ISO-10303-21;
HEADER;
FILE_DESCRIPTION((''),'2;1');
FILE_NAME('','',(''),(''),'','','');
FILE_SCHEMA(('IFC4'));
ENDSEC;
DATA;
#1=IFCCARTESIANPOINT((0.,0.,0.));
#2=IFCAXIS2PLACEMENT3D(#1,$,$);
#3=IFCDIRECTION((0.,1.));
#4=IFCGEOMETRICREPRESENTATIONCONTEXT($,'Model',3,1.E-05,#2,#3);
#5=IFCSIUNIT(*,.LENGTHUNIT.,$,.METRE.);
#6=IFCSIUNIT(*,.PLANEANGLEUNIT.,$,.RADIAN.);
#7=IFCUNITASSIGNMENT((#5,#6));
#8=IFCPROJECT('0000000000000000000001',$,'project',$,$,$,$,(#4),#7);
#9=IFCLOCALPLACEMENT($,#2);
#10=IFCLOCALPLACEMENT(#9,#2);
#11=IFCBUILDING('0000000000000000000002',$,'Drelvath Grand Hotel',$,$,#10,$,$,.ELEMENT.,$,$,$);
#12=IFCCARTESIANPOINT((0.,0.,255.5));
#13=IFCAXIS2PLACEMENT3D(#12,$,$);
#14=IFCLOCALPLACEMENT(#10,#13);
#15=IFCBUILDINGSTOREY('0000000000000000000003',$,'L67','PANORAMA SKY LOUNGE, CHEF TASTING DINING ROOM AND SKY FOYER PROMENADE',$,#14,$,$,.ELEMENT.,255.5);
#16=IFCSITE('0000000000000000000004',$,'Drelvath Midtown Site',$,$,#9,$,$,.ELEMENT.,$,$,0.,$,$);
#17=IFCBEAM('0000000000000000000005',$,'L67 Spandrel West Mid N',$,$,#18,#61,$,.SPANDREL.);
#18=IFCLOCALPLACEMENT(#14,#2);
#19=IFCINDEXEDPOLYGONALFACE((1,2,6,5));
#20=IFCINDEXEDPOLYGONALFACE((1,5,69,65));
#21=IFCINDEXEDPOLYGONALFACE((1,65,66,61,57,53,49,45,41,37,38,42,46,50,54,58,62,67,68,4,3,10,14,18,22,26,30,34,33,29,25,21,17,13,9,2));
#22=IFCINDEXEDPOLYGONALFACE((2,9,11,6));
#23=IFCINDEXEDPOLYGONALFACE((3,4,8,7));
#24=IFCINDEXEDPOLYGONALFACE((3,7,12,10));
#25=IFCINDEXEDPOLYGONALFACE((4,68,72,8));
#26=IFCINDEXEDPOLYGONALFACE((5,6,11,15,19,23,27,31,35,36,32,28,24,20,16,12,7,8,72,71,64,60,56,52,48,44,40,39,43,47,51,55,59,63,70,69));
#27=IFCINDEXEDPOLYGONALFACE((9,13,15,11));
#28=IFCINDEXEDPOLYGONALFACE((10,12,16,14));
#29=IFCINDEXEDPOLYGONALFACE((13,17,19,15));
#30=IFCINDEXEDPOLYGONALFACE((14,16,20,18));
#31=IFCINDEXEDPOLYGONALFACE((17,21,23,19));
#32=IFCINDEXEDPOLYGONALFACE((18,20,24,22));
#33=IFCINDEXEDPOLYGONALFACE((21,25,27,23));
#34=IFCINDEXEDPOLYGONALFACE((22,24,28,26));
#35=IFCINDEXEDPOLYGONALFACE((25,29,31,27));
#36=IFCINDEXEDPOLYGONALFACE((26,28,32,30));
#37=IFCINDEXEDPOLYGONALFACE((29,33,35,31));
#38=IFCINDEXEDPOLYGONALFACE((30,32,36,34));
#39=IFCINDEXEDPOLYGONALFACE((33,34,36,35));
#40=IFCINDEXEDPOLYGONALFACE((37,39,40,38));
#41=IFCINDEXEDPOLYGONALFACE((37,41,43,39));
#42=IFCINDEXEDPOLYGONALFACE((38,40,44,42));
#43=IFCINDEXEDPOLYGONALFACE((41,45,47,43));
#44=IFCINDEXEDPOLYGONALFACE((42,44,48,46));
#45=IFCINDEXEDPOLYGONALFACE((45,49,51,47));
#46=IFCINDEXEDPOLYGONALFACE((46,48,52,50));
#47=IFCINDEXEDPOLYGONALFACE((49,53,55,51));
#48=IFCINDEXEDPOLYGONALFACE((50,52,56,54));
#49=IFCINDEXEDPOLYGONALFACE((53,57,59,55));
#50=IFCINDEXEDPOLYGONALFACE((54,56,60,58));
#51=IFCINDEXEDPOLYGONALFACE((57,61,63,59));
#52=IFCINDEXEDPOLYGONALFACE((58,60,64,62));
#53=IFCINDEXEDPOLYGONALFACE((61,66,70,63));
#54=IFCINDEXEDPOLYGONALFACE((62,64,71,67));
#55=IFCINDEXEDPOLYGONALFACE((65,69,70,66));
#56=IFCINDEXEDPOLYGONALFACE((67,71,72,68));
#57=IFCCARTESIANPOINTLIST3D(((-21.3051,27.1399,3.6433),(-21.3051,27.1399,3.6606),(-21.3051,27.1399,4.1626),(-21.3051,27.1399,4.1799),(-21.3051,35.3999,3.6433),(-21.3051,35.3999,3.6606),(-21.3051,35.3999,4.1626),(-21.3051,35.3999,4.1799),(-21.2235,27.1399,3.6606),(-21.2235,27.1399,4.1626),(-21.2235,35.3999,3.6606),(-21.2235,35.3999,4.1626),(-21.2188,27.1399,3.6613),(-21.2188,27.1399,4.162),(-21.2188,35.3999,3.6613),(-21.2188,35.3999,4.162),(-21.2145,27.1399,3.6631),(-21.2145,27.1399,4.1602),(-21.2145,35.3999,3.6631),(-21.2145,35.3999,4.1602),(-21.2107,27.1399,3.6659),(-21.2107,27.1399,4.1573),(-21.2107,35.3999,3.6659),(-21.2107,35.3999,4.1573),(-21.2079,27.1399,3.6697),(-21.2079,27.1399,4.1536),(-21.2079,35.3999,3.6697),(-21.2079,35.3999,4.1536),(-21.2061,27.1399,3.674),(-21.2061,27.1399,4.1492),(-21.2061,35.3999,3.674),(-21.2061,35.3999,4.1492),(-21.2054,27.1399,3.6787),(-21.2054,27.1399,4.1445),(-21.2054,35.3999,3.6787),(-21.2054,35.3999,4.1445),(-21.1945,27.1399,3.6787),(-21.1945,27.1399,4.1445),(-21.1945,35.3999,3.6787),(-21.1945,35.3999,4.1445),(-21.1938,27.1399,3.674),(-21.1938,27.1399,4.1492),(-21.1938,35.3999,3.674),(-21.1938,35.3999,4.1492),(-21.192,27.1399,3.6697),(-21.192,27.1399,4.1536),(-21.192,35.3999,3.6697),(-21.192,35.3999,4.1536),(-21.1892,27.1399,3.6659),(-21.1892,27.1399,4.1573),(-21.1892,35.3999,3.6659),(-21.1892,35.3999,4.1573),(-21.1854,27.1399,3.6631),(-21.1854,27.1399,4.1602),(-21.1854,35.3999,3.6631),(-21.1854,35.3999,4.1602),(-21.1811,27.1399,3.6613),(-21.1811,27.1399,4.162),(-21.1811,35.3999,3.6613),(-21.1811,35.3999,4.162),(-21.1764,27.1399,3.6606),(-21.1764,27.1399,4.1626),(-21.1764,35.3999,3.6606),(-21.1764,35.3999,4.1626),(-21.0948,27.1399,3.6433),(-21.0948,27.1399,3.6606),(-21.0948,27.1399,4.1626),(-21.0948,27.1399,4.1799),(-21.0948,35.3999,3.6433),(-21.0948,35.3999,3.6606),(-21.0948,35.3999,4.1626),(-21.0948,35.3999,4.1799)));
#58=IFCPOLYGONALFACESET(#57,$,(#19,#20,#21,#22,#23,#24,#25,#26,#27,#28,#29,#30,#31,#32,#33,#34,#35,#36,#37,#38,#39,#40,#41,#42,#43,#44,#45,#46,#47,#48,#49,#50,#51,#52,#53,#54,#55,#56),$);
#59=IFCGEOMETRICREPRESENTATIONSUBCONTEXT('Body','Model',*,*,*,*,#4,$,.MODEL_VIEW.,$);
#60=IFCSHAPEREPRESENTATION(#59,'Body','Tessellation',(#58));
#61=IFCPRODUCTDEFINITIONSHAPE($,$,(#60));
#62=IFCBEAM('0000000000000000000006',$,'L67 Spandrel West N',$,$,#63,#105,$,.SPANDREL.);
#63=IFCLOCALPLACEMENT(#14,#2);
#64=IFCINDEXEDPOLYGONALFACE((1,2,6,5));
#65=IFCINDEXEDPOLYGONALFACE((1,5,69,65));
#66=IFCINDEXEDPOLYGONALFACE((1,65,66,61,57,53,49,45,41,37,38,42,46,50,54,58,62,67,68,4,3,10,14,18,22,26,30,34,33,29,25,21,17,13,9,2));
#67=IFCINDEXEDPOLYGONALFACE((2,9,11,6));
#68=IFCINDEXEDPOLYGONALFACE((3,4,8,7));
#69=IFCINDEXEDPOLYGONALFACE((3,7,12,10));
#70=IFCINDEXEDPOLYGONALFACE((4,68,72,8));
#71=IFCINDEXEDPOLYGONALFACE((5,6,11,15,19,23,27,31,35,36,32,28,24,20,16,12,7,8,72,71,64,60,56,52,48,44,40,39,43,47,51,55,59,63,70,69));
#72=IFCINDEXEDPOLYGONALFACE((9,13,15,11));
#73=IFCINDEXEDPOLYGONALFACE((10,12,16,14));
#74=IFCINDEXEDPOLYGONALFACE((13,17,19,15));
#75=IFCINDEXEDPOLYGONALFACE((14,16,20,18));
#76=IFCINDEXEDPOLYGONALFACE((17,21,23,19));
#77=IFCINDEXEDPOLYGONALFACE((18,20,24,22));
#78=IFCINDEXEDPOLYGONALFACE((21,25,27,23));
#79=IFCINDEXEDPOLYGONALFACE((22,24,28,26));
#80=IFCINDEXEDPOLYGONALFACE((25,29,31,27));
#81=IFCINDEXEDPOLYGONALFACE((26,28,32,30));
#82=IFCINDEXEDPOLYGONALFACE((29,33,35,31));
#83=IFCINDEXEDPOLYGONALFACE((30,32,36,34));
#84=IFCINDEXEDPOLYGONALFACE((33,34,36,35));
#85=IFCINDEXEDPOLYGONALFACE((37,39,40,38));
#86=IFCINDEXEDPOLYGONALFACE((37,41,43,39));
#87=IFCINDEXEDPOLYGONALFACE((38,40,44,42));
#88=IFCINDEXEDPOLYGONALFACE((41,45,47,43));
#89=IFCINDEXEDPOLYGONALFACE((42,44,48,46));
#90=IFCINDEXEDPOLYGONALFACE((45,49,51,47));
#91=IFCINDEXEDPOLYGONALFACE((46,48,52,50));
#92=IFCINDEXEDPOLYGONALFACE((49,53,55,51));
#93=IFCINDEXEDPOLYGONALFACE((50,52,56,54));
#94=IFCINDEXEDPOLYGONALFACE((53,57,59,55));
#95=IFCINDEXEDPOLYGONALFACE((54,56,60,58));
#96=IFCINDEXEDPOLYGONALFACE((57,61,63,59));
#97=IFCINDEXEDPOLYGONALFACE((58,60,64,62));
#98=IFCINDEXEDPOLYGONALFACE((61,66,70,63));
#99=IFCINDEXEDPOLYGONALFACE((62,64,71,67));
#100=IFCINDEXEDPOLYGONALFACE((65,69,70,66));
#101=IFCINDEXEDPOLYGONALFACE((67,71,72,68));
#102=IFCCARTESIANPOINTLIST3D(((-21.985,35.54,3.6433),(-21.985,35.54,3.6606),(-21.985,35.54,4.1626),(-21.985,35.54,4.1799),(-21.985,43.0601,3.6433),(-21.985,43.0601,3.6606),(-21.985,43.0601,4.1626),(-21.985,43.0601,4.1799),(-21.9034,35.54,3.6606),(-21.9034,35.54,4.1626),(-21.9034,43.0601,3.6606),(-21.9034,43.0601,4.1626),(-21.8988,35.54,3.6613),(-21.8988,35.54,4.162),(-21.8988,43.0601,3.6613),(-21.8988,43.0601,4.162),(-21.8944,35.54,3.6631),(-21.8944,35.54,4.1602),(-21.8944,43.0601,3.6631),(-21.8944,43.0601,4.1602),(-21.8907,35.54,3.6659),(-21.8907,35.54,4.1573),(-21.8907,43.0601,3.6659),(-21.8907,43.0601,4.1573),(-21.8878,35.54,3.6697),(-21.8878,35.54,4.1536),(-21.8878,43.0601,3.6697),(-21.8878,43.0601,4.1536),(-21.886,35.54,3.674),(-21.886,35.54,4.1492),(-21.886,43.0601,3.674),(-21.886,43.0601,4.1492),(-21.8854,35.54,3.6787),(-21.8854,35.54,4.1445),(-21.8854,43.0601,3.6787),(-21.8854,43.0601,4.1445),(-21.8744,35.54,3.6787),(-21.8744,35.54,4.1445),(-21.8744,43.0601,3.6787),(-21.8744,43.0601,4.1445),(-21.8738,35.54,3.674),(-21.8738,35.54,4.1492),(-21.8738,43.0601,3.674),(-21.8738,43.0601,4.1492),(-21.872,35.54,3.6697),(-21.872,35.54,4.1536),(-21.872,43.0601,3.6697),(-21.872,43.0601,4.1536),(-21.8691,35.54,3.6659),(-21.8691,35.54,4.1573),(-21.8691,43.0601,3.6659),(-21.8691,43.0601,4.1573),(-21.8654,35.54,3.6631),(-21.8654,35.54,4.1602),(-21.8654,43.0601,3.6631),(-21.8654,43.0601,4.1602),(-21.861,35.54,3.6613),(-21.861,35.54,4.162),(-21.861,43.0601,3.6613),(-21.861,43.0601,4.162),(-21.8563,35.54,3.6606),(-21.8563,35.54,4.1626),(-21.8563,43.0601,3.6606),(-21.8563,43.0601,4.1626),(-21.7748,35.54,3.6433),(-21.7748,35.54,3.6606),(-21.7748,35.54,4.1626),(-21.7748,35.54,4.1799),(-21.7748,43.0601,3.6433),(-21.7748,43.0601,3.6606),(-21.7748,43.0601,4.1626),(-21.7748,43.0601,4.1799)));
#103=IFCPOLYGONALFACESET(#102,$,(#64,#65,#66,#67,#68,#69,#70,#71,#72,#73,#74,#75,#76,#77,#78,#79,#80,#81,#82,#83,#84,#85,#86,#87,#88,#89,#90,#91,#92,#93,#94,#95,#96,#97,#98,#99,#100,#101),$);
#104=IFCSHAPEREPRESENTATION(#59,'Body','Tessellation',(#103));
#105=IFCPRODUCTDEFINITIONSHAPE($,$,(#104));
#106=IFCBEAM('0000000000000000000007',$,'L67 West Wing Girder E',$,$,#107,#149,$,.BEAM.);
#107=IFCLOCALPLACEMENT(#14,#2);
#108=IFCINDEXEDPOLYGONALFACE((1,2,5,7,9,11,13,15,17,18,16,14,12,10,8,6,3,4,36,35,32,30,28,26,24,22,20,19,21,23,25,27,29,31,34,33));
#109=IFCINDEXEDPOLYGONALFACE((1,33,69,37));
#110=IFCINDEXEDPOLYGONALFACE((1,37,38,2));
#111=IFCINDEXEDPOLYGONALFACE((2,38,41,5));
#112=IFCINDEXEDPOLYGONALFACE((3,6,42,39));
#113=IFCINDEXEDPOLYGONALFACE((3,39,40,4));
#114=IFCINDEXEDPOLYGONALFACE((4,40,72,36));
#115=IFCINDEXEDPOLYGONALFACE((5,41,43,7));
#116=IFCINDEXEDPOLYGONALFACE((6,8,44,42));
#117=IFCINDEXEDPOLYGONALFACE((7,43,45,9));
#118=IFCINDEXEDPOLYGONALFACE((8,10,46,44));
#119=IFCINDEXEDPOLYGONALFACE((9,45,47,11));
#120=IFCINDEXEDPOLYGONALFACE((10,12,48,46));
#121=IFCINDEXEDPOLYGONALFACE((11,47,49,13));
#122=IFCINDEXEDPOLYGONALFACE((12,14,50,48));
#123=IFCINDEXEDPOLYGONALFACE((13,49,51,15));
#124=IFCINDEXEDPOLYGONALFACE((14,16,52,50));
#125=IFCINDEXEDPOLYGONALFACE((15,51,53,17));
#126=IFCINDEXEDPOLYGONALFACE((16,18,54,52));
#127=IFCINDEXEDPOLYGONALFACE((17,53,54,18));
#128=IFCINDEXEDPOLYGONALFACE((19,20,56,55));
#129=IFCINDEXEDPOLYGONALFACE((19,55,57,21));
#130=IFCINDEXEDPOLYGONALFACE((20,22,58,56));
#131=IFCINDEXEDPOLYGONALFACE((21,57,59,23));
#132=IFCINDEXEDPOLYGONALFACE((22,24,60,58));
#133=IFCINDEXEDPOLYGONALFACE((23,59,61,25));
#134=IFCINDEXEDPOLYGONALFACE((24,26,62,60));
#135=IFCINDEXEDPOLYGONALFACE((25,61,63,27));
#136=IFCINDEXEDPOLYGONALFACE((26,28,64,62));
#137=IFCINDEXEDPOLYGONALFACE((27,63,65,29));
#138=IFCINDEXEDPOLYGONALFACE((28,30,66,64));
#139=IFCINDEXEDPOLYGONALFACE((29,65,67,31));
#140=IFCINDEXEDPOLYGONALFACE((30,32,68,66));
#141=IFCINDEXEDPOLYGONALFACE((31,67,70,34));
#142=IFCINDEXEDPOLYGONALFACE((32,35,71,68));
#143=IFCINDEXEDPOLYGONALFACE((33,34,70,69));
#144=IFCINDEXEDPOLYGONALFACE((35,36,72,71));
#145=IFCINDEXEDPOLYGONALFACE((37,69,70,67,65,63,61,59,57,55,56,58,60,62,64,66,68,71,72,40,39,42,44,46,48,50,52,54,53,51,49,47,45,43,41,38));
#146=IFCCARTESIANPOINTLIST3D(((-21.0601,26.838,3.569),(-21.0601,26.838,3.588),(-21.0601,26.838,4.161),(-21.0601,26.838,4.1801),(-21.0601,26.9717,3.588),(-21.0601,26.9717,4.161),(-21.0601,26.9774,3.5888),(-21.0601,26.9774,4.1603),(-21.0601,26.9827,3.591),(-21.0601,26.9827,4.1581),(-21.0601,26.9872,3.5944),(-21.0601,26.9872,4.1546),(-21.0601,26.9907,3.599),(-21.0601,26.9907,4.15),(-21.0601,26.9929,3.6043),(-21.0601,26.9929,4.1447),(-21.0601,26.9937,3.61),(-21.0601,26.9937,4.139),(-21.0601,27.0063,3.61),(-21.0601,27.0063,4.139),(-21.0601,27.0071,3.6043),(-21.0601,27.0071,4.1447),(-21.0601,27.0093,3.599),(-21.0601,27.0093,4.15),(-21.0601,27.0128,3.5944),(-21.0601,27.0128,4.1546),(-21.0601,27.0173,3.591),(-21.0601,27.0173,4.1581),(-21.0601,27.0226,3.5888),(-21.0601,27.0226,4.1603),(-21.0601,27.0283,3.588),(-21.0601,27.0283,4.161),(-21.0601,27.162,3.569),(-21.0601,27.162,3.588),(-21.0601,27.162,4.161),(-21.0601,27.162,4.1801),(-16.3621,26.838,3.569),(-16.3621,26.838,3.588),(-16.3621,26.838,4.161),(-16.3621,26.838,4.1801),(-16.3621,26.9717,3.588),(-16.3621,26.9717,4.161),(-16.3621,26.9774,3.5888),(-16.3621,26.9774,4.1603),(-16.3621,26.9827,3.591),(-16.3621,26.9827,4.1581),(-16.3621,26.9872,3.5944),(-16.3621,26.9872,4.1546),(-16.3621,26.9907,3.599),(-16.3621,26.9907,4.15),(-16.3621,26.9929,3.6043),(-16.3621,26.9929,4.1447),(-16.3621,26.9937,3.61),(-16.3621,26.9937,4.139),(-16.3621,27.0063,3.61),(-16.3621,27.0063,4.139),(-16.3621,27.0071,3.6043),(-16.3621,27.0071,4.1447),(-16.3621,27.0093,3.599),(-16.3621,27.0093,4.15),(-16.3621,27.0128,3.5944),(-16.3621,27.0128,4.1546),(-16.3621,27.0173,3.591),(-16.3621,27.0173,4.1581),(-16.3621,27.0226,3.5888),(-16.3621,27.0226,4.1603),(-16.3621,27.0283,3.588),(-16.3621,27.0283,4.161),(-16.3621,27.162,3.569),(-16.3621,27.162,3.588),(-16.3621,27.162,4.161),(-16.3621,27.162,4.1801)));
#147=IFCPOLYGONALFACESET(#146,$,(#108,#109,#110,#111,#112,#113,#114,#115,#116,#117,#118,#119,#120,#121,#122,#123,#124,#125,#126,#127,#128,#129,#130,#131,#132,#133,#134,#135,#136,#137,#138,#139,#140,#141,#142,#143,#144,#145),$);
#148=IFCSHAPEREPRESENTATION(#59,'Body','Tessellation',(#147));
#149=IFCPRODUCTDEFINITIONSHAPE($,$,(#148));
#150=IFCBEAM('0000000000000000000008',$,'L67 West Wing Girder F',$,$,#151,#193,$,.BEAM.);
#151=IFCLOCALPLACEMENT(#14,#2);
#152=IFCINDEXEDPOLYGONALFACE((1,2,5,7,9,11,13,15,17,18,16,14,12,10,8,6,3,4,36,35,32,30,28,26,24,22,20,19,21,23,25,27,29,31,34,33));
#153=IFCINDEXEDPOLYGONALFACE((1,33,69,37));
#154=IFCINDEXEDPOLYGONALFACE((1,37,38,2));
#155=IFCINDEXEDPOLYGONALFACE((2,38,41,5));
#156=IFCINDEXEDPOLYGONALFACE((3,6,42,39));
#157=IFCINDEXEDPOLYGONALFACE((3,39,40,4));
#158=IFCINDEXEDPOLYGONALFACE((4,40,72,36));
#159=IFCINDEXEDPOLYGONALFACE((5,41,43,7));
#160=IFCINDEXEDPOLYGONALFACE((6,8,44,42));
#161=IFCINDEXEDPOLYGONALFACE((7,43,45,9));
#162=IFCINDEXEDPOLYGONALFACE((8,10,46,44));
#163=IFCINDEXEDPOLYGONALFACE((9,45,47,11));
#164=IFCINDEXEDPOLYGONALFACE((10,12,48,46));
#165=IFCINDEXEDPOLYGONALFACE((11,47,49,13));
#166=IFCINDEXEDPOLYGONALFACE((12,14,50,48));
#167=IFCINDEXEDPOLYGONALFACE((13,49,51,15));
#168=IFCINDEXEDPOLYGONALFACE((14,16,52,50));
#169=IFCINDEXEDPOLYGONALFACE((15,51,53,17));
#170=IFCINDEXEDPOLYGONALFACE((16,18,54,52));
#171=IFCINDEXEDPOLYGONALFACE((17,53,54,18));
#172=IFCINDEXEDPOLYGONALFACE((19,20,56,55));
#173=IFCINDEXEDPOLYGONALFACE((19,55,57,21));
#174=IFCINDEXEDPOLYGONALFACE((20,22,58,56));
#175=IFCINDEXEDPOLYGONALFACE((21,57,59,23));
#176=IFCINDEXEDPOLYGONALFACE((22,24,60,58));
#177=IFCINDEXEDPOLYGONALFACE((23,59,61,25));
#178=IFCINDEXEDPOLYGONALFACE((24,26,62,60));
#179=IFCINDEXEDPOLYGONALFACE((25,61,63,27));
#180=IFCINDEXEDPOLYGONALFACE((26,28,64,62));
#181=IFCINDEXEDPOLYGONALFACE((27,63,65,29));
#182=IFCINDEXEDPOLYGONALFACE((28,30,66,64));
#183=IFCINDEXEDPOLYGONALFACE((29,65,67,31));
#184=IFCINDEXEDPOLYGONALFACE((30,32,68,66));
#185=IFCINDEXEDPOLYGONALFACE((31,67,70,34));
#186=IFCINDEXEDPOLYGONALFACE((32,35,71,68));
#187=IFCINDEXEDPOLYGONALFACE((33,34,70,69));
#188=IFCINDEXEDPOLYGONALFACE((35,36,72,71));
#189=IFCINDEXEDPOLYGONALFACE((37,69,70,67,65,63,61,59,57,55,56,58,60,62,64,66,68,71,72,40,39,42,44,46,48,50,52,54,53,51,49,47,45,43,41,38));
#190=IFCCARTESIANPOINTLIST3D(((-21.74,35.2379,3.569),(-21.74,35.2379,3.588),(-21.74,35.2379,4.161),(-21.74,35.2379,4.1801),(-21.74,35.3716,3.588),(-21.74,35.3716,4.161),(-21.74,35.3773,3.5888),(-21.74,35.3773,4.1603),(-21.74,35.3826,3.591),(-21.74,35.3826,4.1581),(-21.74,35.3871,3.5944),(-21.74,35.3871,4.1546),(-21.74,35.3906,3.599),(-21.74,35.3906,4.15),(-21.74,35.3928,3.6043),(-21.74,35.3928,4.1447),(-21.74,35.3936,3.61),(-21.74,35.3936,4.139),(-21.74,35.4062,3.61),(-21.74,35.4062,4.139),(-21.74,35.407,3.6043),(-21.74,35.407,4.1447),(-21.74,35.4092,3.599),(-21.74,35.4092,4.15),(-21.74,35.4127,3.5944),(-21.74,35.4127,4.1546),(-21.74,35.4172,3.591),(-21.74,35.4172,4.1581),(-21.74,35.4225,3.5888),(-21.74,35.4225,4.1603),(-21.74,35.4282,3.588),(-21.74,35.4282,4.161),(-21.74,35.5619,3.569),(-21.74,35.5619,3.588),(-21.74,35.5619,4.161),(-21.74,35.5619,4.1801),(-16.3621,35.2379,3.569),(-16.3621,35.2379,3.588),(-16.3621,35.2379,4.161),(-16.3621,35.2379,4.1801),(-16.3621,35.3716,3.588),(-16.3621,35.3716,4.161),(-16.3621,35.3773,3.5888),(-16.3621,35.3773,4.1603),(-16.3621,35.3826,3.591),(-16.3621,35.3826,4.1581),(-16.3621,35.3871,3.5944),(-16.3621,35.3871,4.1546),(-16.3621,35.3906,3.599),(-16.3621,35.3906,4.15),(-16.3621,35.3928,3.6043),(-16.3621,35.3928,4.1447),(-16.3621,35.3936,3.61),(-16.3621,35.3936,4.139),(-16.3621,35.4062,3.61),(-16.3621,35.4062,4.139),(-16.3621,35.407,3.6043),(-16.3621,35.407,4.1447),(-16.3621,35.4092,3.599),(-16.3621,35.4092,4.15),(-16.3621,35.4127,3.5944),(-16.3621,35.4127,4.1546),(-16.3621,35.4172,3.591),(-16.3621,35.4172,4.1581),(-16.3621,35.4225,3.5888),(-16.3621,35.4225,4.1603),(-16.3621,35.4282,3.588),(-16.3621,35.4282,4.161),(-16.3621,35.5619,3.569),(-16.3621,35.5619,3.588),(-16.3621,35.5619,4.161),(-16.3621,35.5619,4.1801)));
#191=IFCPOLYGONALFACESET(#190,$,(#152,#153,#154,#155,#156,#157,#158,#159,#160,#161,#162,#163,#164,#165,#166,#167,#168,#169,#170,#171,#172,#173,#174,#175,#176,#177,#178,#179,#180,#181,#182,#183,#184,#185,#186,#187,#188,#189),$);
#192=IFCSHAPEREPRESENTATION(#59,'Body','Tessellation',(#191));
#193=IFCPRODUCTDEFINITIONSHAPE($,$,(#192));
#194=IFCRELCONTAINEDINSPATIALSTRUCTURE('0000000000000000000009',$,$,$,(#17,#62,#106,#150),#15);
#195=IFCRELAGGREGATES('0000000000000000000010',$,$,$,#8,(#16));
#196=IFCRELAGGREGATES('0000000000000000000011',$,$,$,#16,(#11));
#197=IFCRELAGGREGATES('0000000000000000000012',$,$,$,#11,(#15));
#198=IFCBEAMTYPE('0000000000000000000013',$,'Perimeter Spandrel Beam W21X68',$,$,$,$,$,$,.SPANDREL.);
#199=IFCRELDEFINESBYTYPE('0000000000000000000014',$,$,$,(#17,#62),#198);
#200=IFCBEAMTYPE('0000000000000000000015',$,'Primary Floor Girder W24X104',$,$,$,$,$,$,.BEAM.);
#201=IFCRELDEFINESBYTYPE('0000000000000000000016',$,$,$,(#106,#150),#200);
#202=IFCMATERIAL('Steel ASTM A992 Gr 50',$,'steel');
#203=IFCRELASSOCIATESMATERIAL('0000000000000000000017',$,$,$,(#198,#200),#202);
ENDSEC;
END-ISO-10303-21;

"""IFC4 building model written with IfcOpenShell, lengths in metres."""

from ifc_helpers import new_model, si_unit, direction, frame, origin, origin_2d, place, context, subcontext, project, spatial, i_section, extrude, material, material_profile, profile_set, type_object, element, save


model = new_model("IFC4")

# Units and contexts
model_context = context("Model", 3, precision=1e-05, world=origin(), true_north=direction((0.0, 1.0)))
body_context = subcontext(model_context, "Body", "Model", "MODEL_VIEW")
ifc_project = project(units=[si_unit("LENGTHUNIT", "METRE"), si_unit("PLANEANGLEUNIT", "RADIAN")], contexts=[model_context])

# Site, building, storey
site_placement = place(None, origin())
site = spatial("IfcSite", under=ifc_project, at=site_placement, Name="Drelvath Midtown Site", CompositionType="ELEMENT", RefElevation=0.0)
building_placement = place(site_placement, origin())
building = spatial("IfcBuilding", under=site, at=building_placement, Name="Drelvath Grand Hotel", CompositionType="ELEMENT")
storey_placement = place(building_placement, frame((0.0, 0.0, 255.5)))
storey = spatial("IfcBuildingStorey", under=building, at=storey_placement, Name="L67", Description="PANORAMA SKY LOUNGE, CHEF TASTING DINING ROOM AND SKY FOYER PROMENADE", CompositionType="ELEMENT", Elevation=255.5)

# Beams
ifc_material_1 = material(Name="Steel ASTM A992 Gr 50", Category="steel")
ifc_material_profile_1 = material_profile(ifc_material_1, i_section(OverallWidth=0.2102, OverallDepth=0.5366, WebThickness=0.011, FlangeThickness=0.0173, FilletRadius=0.0181, at=origin_2d()), Name="W21X68")
ifc_profile_set_1 = profile_set([ifc_material_profile_1], Name="Steel ASTM A992 Gr 50")
beam_type_1 = type_object("IfcBeamType", Name="Perimeter Spandrel Beam W21X68", PredefinedType="SPANDREL", material=ifc_profile_set_1)
beam_1_placement = place(storey_placement, frame((-21.2, 27.1399, 3.9116), z_axis=(0.0, 1.0, 0.0), x_axis=(-1.0, 0.0, 0.0)))
element("IfcBeam", 1, at=beam_1_placement, inside=storey, type_object=beam_type_1, Name="L67 Spandrel West Mid N", PredefinedType="SPANDREL", context=body_context, shape_type="SweptSolid", body=[
    extrude(i_section(OverallWidth=0.2102, OverallDepth=0.5366, WebThickness=0.011, FlangeThickness=0.0173, FilletRadius=0.0181, at=origin_2d()), origin(), (0.0, 0.0, 1.0), 8.26),
])
beam_2_placement = place(storey_placement, frame((-21.8799, 35.54, 3.9116), z_axis=(0.0, 1.0, 0.0), x_axis=(-1.0, 0.0, 0.0)))
element("IfcBeam", 2, at=beam_2_placement, inside=storey, type_object=beam_type_1, Name="L67 Spandrel West N", PredefinedType="SPANDREL", context=body_context, shape_type="SweptSolid", body=[
    extrude(i_section(OverallWidth=0.2102, OverallDepth=0.5366, WebThickness=0.011, FlangeThickness=0.0173, FilletRadius=0.0181, at=origin_2d()), origin(), (0.0, 0.0, 1.0), 7.52),
])
ifc_material_profile_2 = material_profile(ifc_material_1, i_section(OverallWidth=0.324, OverallDepth=0.6111, WebThickness=0.0127, FlangeThickness=0.019, FilletRadius=0.022, at=origin_2d()), Name="W24X104")
ifc_profile_set_2 = profile_set([ifc_material_profile_2], Name="Steel ASTM A992 Gr 50")
beam_type_2 = type_object("IfcBeamType", Name="Primary Floor Girder W24X104", PredefinedType="BEAM", material=ifc_profile_set_2)
beam_3_placement = place(storey_placement, frame((-21.0601, 27.0, 3.8745), z_axis=(1.0, 0.0, 0.0), x_axis=(0.0, 1.0, 0.0)))
element("IfcBeam", 3, at=beam_3_placement, inside=storey, type_object=beam_type_2, Name="L67 West Wing Girder E", PredefinedType="BEAM", context=body_context, shape_type="SweptSolid", body=[
    extrude(i_section(OverallWidth=0.324, OverallDepth=0.6111, WebThickness=0.0127, FlangeThickness=0.019, FilletRadius=0.022, at=origin_2d()), origin(), (0.0, 0.0, 1.0), 4.698),
])
beam_4_placement = place(storey_placement, frame((-21.74, 35.3999, 3.8745), z_axis=(1.0, 0.0, 0.0), x_axis=(0.0, 1.0, 0.0)))
element("IfcBeam", 4, at=beam_4_placement, inside=storey, type_object=beam_type_2, Name="L67 West Wing Girder F", PredefinedType="BEAM", context=body_context, shape_type="SweptSolid", body=[
    extrude(i_section(OverallWidth=0.324, OverallDepth=0.6111, WebThickness=0.0127, FlangeThickness=0.019, FilletRadius=0.022, at=origin_2d()), origin(), (0.0, 0.0, 1.0), 5.3779),
])

save(model, "model.ifc")
